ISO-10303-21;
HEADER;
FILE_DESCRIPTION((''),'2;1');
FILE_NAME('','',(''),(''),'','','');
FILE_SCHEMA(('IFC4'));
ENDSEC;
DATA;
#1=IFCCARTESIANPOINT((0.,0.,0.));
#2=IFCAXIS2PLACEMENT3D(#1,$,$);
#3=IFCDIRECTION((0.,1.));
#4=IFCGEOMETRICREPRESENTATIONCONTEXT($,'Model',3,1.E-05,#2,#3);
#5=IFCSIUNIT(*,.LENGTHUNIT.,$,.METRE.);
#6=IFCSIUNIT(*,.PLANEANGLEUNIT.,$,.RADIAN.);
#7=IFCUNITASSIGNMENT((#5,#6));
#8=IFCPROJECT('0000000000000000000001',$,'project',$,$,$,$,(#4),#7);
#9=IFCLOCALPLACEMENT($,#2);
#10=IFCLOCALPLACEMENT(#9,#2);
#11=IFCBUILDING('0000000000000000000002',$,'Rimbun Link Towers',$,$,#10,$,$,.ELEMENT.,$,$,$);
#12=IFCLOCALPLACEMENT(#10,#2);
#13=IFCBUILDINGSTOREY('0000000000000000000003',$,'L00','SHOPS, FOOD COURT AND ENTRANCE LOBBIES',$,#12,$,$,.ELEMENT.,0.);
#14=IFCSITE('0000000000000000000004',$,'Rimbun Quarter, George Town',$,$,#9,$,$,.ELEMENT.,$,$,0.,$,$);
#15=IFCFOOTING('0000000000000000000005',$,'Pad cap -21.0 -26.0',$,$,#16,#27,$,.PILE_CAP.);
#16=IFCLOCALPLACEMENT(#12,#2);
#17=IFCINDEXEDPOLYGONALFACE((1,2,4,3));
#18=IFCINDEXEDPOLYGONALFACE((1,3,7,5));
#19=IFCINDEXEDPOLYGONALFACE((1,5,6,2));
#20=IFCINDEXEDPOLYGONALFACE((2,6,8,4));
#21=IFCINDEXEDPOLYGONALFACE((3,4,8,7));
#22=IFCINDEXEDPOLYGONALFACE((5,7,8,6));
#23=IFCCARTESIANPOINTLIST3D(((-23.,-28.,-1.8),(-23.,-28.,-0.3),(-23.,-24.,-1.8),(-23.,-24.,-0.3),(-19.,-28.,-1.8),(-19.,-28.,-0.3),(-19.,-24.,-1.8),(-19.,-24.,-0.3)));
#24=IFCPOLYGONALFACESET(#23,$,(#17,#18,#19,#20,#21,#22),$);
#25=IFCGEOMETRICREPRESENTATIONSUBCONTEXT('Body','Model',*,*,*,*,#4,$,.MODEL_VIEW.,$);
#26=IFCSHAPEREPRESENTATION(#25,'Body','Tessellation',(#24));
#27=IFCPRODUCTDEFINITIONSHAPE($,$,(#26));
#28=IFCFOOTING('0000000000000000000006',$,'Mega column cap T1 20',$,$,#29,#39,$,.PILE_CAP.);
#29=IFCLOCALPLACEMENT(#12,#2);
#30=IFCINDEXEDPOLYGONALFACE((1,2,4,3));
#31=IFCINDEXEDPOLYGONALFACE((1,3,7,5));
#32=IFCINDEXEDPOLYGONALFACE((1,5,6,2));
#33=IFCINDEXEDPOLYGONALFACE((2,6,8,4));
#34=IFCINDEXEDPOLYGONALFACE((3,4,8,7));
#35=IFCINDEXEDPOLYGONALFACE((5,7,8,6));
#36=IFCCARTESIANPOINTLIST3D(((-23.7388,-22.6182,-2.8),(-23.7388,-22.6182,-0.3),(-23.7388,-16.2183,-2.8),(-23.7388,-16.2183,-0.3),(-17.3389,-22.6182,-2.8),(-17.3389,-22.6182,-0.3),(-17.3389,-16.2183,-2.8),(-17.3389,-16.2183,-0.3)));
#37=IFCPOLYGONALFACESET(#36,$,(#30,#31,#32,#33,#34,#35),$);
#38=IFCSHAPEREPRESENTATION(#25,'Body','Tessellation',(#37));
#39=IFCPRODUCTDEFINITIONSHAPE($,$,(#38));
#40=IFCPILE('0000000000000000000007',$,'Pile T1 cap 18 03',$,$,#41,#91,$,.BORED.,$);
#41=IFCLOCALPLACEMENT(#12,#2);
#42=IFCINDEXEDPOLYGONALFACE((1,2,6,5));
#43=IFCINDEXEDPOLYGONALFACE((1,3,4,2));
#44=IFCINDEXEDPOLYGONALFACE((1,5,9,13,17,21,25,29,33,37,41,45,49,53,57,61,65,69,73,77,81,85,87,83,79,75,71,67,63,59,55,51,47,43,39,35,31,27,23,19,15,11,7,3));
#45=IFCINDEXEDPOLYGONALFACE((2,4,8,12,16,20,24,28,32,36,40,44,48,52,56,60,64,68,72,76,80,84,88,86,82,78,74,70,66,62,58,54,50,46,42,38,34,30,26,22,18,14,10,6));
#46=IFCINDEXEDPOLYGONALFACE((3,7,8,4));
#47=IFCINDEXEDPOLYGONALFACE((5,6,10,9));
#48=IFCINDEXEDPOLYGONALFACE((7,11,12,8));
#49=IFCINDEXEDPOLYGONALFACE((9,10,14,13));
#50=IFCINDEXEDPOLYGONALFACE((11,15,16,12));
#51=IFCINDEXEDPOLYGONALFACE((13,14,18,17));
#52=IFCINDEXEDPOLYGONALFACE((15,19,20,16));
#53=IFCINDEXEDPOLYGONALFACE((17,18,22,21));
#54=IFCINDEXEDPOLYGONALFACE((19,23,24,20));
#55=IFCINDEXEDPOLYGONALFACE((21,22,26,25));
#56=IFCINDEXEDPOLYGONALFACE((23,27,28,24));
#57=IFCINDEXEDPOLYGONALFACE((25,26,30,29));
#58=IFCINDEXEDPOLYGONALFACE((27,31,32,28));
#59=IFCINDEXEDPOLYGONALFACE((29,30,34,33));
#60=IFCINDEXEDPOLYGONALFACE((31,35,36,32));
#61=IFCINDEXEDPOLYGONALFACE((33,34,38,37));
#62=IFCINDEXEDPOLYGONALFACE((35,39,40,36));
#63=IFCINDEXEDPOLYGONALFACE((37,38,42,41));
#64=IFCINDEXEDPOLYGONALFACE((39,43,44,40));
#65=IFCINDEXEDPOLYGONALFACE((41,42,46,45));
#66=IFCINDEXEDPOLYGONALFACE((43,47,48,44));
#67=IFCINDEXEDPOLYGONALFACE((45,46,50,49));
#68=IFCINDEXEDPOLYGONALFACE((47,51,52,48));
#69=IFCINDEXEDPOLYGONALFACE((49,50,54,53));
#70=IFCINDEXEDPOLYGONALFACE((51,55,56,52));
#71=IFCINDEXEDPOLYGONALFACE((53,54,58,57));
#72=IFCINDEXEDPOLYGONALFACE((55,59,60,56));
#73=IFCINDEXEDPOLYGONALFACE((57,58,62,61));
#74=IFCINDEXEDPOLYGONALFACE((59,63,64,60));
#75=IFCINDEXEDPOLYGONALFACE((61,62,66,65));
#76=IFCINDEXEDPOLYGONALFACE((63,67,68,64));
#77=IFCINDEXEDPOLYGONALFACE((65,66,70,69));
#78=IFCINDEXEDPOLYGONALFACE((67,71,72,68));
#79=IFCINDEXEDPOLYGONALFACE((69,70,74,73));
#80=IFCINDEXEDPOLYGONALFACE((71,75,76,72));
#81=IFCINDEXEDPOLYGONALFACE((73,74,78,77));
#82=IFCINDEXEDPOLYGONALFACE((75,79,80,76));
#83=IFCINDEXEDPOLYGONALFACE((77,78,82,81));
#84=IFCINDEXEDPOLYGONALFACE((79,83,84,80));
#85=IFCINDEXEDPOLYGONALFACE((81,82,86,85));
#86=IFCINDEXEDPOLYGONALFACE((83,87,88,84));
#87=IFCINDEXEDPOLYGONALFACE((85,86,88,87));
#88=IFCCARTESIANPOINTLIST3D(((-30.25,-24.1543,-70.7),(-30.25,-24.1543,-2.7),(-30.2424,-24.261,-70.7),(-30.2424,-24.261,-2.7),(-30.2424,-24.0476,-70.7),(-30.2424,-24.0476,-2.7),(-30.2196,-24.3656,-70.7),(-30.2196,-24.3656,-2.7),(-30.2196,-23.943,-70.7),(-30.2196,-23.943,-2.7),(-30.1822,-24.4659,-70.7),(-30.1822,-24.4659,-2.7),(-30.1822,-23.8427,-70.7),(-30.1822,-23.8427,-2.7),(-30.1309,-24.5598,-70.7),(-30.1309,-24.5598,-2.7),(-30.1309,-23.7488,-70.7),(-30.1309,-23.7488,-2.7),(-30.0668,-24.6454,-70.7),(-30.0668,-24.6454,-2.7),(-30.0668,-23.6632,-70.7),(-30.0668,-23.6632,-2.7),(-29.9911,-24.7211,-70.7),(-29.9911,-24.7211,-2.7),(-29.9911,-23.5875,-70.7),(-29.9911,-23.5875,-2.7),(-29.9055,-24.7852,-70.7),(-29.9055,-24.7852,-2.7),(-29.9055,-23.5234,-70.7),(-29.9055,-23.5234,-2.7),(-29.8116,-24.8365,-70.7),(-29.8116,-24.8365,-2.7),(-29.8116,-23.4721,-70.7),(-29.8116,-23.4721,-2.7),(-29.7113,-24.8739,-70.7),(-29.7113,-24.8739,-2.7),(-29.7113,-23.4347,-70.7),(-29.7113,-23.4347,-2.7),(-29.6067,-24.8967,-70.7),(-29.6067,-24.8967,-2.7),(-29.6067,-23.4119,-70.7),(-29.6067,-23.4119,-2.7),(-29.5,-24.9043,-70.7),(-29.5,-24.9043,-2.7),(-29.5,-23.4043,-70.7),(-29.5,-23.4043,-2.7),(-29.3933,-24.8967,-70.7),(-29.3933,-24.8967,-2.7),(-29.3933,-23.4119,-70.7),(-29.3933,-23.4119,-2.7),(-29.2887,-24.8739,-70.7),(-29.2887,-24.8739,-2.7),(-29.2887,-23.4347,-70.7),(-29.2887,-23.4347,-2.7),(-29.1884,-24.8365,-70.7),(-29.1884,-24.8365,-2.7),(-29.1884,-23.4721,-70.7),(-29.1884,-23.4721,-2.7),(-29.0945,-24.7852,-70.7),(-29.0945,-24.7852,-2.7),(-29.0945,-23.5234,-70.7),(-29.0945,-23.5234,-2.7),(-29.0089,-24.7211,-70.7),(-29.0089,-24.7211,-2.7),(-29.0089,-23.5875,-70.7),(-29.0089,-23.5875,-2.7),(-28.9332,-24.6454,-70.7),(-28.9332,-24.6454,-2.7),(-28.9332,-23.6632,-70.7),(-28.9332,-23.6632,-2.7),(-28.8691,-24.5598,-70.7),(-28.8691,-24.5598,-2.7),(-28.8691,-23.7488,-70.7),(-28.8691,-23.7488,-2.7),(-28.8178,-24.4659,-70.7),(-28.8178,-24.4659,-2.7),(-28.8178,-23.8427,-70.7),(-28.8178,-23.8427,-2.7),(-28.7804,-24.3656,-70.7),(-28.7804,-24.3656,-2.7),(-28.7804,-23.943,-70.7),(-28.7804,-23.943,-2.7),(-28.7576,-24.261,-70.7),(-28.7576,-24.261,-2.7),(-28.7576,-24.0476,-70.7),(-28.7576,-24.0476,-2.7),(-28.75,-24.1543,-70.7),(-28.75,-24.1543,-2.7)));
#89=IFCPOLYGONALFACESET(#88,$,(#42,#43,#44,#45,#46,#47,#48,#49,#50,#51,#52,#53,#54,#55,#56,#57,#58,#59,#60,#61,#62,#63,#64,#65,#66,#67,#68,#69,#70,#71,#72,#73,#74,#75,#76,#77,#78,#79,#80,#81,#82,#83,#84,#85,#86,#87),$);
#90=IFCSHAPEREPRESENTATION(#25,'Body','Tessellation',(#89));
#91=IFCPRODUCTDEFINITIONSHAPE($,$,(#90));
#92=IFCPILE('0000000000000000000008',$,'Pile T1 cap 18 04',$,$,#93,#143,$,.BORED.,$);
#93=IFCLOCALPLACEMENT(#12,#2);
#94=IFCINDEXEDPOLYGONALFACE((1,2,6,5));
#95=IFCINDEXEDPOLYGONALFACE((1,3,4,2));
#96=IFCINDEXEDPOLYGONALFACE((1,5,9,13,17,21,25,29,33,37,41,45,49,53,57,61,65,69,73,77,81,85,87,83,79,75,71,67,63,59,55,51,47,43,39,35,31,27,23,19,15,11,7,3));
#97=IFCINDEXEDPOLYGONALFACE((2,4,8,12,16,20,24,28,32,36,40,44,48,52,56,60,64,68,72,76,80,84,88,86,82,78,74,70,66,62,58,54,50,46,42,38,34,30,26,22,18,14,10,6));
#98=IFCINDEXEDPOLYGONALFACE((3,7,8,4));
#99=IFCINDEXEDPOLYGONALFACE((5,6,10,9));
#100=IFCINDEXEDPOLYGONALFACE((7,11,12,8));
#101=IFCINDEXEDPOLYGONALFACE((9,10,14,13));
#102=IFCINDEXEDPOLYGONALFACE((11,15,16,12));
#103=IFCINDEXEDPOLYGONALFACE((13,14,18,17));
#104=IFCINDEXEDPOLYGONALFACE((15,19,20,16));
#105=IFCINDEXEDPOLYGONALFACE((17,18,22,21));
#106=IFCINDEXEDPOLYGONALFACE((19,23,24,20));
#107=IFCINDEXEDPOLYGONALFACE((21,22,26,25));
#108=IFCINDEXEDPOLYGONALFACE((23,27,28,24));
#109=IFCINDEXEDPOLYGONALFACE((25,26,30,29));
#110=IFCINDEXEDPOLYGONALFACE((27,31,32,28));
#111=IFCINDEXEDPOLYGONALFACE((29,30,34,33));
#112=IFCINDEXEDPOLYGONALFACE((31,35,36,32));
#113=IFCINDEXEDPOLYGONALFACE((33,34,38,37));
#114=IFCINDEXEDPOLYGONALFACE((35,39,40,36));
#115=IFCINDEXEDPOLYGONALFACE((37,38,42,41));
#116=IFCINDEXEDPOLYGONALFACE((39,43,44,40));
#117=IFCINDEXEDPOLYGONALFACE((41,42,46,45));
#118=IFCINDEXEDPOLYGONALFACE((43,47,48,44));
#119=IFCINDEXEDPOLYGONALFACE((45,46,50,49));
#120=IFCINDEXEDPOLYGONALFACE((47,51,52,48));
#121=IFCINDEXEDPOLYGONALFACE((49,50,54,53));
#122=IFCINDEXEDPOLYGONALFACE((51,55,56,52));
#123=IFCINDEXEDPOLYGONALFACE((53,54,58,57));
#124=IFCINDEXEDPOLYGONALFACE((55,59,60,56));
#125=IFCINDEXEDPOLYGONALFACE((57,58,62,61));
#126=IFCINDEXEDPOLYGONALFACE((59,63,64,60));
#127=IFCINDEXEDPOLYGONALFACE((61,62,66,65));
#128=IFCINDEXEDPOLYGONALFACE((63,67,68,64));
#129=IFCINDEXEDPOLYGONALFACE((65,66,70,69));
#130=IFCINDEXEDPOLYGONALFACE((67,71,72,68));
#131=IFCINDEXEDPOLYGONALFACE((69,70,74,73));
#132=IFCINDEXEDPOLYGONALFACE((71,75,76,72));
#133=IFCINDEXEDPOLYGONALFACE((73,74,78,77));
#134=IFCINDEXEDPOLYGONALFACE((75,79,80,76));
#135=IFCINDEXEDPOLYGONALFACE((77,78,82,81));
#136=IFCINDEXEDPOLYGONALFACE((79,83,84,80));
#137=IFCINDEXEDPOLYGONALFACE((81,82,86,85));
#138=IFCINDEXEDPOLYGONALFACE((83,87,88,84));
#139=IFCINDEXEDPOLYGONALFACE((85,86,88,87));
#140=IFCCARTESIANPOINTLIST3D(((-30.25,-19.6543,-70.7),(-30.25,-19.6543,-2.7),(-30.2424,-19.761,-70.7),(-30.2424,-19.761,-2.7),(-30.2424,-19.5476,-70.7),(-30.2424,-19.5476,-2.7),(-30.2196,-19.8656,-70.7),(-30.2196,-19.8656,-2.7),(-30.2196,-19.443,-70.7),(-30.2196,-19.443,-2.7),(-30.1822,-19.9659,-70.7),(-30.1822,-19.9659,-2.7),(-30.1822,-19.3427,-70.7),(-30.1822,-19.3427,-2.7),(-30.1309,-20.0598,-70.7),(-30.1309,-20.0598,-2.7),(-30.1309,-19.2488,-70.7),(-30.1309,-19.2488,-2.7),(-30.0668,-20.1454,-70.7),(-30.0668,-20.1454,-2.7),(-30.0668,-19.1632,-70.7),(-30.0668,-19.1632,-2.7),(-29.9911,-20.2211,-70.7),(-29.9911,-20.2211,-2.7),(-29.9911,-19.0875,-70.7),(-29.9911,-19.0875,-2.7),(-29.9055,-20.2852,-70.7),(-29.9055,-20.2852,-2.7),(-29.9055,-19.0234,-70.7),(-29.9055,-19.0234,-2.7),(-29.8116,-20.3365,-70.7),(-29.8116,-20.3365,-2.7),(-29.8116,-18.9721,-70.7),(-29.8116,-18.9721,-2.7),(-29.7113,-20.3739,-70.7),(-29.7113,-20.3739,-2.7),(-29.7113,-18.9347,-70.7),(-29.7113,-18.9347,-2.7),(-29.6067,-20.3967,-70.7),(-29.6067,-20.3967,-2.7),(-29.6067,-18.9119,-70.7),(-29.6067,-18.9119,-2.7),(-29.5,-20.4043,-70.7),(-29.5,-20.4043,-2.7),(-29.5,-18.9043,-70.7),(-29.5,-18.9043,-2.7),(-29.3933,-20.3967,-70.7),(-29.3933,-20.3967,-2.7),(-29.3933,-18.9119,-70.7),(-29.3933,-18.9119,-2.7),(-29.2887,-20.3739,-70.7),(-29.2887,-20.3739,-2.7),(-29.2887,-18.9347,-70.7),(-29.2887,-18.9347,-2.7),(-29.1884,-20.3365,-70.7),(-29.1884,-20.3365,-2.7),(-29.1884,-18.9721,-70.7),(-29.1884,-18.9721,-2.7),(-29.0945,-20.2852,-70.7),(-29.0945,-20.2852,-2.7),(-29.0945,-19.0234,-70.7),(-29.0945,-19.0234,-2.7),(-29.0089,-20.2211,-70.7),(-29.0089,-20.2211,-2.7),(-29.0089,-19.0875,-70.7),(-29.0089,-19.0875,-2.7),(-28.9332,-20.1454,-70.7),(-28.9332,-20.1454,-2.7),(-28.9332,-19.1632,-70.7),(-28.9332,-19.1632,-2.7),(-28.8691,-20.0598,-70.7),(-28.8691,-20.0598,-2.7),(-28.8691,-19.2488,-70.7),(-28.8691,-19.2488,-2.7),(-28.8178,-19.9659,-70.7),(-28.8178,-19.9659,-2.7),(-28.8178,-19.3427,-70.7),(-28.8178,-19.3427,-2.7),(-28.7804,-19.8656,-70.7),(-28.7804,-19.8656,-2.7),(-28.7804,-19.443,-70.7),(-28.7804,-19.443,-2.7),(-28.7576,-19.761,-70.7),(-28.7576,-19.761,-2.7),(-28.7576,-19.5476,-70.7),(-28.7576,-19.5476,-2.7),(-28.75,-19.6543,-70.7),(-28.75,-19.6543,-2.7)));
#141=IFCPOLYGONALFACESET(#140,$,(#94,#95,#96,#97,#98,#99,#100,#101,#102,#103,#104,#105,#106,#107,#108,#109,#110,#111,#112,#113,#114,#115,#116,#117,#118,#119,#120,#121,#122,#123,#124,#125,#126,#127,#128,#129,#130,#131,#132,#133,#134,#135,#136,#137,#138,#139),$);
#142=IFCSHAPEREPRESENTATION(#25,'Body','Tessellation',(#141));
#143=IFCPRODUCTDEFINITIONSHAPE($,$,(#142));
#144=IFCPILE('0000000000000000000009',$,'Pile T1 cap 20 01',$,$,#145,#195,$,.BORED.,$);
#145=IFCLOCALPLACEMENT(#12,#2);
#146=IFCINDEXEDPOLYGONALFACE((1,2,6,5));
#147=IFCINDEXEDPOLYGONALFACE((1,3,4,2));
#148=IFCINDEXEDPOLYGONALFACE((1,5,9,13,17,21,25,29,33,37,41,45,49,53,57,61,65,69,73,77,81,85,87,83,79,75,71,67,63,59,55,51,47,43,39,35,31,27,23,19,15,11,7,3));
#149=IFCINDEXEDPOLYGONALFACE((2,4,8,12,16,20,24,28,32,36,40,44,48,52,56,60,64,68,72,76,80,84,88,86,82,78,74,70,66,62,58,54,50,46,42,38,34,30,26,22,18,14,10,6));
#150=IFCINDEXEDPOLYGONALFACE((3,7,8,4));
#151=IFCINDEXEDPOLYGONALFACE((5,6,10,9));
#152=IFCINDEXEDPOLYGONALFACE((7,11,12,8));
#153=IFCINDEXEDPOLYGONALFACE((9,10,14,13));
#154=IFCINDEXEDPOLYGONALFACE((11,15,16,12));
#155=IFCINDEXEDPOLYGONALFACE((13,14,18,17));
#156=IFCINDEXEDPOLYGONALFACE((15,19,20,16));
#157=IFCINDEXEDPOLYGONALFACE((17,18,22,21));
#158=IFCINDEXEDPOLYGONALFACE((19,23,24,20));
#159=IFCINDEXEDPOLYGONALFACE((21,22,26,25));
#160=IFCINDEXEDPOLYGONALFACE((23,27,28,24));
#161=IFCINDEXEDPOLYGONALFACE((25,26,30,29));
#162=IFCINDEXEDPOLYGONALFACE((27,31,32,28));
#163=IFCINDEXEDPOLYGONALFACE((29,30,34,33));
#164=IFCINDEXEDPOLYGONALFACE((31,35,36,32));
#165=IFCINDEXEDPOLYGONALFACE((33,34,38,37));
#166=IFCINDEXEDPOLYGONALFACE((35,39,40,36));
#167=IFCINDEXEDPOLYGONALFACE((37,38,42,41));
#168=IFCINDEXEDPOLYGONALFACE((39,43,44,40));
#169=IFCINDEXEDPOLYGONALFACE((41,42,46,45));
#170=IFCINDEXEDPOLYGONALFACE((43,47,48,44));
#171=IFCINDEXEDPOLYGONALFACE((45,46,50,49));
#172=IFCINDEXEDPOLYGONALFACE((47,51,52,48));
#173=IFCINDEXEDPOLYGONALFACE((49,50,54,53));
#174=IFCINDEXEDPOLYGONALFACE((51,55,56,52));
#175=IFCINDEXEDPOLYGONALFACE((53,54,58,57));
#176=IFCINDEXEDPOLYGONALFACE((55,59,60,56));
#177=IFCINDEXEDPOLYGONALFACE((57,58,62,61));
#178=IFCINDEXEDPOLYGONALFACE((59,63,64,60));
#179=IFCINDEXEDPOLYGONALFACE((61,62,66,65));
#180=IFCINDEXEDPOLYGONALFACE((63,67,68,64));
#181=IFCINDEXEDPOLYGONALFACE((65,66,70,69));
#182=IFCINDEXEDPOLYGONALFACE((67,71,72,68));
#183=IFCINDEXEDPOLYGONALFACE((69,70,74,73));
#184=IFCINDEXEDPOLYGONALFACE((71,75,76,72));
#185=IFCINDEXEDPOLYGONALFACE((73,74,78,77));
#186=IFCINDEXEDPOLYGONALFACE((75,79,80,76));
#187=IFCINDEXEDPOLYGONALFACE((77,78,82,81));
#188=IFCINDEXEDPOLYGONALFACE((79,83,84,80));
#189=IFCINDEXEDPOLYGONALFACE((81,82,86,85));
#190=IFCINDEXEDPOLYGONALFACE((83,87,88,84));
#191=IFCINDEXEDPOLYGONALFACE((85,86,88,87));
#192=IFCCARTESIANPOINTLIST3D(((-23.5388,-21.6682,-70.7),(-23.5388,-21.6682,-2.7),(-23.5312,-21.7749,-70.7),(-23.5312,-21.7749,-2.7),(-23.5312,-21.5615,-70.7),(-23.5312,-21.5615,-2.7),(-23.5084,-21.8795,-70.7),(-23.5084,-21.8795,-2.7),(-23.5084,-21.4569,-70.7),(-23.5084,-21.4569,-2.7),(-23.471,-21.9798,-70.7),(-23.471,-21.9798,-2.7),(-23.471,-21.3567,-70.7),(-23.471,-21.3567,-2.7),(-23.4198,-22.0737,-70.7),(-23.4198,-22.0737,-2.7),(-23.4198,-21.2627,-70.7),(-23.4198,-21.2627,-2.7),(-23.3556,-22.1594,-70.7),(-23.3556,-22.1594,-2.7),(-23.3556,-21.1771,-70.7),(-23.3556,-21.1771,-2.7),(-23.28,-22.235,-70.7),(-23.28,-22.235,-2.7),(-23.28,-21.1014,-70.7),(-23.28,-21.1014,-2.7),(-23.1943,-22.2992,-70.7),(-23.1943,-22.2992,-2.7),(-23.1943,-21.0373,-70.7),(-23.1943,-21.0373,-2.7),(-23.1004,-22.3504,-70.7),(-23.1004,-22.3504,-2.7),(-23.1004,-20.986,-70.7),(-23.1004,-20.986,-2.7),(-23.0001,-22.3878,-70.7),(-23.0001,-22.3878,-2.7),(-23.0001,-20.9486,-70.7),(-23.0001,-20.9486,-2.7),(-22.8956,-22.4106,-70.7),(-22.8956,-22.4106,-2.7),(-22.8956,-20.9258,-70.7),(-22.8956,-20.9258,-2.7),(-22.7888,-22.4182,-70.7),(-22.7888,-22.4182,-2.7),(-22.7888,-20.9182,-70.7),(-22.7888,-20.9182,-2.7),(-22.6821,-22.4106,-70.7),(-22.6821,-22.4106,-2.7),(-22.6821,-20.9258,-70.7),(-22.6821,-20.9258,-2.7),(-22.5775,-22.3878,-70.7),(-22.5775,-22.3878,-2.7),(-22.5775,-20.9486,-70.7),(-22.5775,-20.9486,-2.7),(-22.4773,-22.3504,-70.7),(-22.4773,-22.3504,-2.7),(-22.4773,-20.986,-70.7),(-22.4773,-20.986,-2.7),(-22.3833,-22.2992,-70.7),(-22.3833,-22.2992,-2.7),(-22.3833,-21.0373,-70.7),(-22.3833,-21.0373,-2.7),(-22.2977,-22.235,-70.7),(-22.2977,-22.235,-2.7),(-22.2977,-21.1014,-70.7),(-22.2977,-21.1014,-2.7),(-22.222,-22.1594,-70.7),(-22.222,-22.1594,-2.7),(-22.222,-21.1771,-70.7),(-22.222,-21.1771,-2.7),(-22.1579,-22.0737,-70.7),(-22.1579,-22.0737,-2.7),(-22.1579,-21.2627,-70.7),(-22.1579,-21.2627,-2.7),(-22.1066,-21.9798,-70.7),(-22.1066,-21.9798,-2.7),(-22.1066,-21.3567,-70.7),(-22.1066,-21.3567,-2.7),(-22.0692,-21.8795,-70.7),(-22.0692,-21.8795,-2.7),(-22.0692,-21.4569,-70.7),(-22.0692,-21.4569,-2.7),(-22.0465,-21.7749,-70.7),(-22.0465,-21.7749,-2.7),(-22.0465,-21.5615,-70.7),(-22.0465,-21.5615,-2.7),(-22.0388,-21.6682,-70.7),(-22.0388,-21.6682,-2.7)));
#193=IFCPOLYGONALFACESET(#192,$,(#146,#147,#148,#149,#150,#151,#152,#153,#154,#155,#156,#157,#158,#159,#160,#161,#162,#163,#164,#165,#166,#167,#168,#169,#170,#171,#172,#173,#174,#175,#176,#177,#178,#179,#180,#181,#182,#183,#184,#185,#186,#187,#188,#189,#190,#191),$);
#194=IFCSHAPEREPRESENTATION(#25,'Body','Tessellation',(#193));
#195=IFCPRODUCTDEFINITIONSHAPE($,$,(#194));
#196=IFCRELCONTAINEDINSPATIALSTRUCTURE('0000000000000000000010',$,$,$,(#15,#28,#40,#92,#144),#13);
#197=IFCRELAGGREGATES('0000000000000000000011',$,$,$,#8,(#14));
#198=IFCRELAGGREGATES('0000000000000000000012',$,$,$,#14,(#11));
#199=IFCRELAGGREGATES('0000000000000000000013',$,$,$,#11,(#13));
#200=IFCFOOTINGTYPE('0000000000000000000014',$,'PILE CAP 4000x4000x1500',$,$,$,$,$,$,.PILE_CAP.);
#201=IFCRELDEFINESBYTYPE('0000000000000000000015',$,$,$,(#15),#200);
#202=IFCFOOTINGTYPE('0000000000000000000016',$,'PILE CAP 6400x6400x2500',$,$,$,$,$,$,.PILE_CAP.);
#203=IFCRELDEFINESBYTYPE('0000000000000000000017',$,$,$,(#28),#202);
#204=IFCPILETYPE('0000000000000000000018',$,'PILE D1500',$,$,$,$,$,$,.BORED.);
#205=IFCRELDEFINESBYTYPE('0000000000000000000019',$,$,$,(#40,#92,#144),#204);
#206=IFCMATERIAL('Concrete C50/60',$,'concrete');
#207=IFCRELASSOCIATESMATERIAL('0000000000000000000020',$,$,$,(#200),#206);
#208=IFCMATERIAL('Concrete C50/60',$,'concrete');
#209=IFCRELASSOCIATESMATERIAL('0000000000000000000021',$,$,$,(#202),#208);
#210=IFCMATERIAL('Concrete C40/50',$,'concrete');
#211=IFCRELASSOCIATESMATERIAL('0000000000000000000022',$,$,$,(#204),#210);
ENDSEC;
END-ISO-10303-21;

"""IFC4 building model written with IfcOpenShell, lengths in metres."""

from ifc_helpers import new_model, si_unit, direction, frame, origin, origin_2d, place, context, subcontext, project, spatial, rectangle, circle, extrude, material, material_profile, profile_set, type_object, element, save


model = new_model("IFC4")

# Units and contexts
model_context = context("Model", 3, precision=1e-05, world=origin(), true_north=direction((0.0, 1.0)))
body_context = subcontext(model_context, "Body", "Model", "MODEL_VIEW")
ifc_project = project(units=[si_unit("LENGTHUNIT", "METRE"), si_unit("PLANEANGLEUNIT", "RADIAN")], contexts=[model_context])

# Site, building, storey
site_placement = place(None, origin())
site = spatial("IfcSite", under=ifc_project, at=site_placement, Name="Rimbun Quarter, George Town", CompositionType="ELEMENT", RefElevation=0.0)
building_placement = place(site_placement, origin())
building = spatial("IfcBuilding", under=site, at=building_placement, Name="Rimbun Link Towers", CompositionType="ELEMENT")
storey_placement = place(building_placement, origin())
storey = spatial("IfcBuildingStorey", under=building, at=storey_placement, Name="L00", Description="SHOPS, FOOD COURT AND ENTRANCE LOBBIES", CompositionType="ELEMENT", Elevation=0.0)

# Footings
ifc_material_1 = material(Name="Concrete C50/60", Category="concrete")
footing_type_1 = type_object("IfcFootingType", Name="PILE CAP 4000x4000x1500", PredefinedType="PILE_CAP", material=ifc_material_1)
footing_1_placement = place(storey_placement, frame((-21.0, -26.0, -1.8), z_axis=(0.0, 0.0, 1.0), x_axis=(1.0, 0.0, 0.0)))
element("IfcFooting", 1, at=footing_1_placement, inside=storey, type_object=footing_type_1, Name="Pad cap -21.0 -26.0", PredefinedType="PILE_CAP", context=body_context, shape_type="SweptSolid", body=[
    extrude(rectangle(XDim=4.0, YDim=4.0, at=origin_2d()), origin(), (0.0, 0.0, 1.0), 1.5),
])
ifc_material_2 = material(Name="Concrete C50/60", Category="concrete")
footing_type_2 = type_object("IfcFootingType", Name="PILE CAP 6400x6400x2500", PredefinedType="PILE_CAP", material=ifc_material_2)
footing_2_placement = place(storey_placement, frame((-20.5388, -19.4182, -2.8), z_axis=(0.0, 0.0, 1.0), x_axis=(1.0, 0.0, 0.0)))
element("IfcFooting", 2, at=footing_2_placement, inside=storey, type_object=footing_type_2, Name="Mega column cap T1 20", PredefinedType="PILE_CAP", context=body_context, shape_type="SweptSolid", body=[
    extrude(rectangle(XDim=6.3999, YDim=6.3999, at=origin_2d()), origin(), (0.0, 0.0, 1.0), 2.5),
])

# Piles
ifc_material_3 = material(Name="Concrete C40/50", Category="concrete")
ifc_material_profile_1 = material_profile(ifc_material_3, circle(Radius=0.75, at=origin_2d()), Name="PILE D1500")
ifc_profile_set_1 = profile_set([ifc_material_profile_1], Name="Concrete C40/50")
pile_type_1 = type_object("IfcPileType", Name="PILE D1500", PredefinedType="BORED", material=ifc_profile_set_1)
for number, where, z_axis, x_axis, name in (
    (3, (-29.5, -24.1543, -2.7), (0.0, 0.0, -1.0), (1.0, 0.0, 0.0), "Pile T1 cap 18 03"),
    (4, (-29.5, -19.6543, -2.7), (0.0, 0.0, -1.0), (1.0, 0.0, 0.0), "Pile T1 cap 18 04"),
    (5, (-22.7888, -21.6682, -2.7), (0.0, 0.0, -1.0), (1.0, 0.0, 0.0), "Pile T1 cap 20 01"),
):
    element("IfcPile", number, at=place(storey_placement, frame(where, z_axis=z_axis, x_axis=x_axis)), inside=storey, type_object=pile_type_1, Name=name, PredefinedType="BORED", context=body_context, shape_type="SweptSolid", body=[
        extrude(circle(Radius=0.75, at=origin_2d()), origin(), (0.0, 0.0, 1.0), 68.0),
    ])

save(model, "model.ifc")
